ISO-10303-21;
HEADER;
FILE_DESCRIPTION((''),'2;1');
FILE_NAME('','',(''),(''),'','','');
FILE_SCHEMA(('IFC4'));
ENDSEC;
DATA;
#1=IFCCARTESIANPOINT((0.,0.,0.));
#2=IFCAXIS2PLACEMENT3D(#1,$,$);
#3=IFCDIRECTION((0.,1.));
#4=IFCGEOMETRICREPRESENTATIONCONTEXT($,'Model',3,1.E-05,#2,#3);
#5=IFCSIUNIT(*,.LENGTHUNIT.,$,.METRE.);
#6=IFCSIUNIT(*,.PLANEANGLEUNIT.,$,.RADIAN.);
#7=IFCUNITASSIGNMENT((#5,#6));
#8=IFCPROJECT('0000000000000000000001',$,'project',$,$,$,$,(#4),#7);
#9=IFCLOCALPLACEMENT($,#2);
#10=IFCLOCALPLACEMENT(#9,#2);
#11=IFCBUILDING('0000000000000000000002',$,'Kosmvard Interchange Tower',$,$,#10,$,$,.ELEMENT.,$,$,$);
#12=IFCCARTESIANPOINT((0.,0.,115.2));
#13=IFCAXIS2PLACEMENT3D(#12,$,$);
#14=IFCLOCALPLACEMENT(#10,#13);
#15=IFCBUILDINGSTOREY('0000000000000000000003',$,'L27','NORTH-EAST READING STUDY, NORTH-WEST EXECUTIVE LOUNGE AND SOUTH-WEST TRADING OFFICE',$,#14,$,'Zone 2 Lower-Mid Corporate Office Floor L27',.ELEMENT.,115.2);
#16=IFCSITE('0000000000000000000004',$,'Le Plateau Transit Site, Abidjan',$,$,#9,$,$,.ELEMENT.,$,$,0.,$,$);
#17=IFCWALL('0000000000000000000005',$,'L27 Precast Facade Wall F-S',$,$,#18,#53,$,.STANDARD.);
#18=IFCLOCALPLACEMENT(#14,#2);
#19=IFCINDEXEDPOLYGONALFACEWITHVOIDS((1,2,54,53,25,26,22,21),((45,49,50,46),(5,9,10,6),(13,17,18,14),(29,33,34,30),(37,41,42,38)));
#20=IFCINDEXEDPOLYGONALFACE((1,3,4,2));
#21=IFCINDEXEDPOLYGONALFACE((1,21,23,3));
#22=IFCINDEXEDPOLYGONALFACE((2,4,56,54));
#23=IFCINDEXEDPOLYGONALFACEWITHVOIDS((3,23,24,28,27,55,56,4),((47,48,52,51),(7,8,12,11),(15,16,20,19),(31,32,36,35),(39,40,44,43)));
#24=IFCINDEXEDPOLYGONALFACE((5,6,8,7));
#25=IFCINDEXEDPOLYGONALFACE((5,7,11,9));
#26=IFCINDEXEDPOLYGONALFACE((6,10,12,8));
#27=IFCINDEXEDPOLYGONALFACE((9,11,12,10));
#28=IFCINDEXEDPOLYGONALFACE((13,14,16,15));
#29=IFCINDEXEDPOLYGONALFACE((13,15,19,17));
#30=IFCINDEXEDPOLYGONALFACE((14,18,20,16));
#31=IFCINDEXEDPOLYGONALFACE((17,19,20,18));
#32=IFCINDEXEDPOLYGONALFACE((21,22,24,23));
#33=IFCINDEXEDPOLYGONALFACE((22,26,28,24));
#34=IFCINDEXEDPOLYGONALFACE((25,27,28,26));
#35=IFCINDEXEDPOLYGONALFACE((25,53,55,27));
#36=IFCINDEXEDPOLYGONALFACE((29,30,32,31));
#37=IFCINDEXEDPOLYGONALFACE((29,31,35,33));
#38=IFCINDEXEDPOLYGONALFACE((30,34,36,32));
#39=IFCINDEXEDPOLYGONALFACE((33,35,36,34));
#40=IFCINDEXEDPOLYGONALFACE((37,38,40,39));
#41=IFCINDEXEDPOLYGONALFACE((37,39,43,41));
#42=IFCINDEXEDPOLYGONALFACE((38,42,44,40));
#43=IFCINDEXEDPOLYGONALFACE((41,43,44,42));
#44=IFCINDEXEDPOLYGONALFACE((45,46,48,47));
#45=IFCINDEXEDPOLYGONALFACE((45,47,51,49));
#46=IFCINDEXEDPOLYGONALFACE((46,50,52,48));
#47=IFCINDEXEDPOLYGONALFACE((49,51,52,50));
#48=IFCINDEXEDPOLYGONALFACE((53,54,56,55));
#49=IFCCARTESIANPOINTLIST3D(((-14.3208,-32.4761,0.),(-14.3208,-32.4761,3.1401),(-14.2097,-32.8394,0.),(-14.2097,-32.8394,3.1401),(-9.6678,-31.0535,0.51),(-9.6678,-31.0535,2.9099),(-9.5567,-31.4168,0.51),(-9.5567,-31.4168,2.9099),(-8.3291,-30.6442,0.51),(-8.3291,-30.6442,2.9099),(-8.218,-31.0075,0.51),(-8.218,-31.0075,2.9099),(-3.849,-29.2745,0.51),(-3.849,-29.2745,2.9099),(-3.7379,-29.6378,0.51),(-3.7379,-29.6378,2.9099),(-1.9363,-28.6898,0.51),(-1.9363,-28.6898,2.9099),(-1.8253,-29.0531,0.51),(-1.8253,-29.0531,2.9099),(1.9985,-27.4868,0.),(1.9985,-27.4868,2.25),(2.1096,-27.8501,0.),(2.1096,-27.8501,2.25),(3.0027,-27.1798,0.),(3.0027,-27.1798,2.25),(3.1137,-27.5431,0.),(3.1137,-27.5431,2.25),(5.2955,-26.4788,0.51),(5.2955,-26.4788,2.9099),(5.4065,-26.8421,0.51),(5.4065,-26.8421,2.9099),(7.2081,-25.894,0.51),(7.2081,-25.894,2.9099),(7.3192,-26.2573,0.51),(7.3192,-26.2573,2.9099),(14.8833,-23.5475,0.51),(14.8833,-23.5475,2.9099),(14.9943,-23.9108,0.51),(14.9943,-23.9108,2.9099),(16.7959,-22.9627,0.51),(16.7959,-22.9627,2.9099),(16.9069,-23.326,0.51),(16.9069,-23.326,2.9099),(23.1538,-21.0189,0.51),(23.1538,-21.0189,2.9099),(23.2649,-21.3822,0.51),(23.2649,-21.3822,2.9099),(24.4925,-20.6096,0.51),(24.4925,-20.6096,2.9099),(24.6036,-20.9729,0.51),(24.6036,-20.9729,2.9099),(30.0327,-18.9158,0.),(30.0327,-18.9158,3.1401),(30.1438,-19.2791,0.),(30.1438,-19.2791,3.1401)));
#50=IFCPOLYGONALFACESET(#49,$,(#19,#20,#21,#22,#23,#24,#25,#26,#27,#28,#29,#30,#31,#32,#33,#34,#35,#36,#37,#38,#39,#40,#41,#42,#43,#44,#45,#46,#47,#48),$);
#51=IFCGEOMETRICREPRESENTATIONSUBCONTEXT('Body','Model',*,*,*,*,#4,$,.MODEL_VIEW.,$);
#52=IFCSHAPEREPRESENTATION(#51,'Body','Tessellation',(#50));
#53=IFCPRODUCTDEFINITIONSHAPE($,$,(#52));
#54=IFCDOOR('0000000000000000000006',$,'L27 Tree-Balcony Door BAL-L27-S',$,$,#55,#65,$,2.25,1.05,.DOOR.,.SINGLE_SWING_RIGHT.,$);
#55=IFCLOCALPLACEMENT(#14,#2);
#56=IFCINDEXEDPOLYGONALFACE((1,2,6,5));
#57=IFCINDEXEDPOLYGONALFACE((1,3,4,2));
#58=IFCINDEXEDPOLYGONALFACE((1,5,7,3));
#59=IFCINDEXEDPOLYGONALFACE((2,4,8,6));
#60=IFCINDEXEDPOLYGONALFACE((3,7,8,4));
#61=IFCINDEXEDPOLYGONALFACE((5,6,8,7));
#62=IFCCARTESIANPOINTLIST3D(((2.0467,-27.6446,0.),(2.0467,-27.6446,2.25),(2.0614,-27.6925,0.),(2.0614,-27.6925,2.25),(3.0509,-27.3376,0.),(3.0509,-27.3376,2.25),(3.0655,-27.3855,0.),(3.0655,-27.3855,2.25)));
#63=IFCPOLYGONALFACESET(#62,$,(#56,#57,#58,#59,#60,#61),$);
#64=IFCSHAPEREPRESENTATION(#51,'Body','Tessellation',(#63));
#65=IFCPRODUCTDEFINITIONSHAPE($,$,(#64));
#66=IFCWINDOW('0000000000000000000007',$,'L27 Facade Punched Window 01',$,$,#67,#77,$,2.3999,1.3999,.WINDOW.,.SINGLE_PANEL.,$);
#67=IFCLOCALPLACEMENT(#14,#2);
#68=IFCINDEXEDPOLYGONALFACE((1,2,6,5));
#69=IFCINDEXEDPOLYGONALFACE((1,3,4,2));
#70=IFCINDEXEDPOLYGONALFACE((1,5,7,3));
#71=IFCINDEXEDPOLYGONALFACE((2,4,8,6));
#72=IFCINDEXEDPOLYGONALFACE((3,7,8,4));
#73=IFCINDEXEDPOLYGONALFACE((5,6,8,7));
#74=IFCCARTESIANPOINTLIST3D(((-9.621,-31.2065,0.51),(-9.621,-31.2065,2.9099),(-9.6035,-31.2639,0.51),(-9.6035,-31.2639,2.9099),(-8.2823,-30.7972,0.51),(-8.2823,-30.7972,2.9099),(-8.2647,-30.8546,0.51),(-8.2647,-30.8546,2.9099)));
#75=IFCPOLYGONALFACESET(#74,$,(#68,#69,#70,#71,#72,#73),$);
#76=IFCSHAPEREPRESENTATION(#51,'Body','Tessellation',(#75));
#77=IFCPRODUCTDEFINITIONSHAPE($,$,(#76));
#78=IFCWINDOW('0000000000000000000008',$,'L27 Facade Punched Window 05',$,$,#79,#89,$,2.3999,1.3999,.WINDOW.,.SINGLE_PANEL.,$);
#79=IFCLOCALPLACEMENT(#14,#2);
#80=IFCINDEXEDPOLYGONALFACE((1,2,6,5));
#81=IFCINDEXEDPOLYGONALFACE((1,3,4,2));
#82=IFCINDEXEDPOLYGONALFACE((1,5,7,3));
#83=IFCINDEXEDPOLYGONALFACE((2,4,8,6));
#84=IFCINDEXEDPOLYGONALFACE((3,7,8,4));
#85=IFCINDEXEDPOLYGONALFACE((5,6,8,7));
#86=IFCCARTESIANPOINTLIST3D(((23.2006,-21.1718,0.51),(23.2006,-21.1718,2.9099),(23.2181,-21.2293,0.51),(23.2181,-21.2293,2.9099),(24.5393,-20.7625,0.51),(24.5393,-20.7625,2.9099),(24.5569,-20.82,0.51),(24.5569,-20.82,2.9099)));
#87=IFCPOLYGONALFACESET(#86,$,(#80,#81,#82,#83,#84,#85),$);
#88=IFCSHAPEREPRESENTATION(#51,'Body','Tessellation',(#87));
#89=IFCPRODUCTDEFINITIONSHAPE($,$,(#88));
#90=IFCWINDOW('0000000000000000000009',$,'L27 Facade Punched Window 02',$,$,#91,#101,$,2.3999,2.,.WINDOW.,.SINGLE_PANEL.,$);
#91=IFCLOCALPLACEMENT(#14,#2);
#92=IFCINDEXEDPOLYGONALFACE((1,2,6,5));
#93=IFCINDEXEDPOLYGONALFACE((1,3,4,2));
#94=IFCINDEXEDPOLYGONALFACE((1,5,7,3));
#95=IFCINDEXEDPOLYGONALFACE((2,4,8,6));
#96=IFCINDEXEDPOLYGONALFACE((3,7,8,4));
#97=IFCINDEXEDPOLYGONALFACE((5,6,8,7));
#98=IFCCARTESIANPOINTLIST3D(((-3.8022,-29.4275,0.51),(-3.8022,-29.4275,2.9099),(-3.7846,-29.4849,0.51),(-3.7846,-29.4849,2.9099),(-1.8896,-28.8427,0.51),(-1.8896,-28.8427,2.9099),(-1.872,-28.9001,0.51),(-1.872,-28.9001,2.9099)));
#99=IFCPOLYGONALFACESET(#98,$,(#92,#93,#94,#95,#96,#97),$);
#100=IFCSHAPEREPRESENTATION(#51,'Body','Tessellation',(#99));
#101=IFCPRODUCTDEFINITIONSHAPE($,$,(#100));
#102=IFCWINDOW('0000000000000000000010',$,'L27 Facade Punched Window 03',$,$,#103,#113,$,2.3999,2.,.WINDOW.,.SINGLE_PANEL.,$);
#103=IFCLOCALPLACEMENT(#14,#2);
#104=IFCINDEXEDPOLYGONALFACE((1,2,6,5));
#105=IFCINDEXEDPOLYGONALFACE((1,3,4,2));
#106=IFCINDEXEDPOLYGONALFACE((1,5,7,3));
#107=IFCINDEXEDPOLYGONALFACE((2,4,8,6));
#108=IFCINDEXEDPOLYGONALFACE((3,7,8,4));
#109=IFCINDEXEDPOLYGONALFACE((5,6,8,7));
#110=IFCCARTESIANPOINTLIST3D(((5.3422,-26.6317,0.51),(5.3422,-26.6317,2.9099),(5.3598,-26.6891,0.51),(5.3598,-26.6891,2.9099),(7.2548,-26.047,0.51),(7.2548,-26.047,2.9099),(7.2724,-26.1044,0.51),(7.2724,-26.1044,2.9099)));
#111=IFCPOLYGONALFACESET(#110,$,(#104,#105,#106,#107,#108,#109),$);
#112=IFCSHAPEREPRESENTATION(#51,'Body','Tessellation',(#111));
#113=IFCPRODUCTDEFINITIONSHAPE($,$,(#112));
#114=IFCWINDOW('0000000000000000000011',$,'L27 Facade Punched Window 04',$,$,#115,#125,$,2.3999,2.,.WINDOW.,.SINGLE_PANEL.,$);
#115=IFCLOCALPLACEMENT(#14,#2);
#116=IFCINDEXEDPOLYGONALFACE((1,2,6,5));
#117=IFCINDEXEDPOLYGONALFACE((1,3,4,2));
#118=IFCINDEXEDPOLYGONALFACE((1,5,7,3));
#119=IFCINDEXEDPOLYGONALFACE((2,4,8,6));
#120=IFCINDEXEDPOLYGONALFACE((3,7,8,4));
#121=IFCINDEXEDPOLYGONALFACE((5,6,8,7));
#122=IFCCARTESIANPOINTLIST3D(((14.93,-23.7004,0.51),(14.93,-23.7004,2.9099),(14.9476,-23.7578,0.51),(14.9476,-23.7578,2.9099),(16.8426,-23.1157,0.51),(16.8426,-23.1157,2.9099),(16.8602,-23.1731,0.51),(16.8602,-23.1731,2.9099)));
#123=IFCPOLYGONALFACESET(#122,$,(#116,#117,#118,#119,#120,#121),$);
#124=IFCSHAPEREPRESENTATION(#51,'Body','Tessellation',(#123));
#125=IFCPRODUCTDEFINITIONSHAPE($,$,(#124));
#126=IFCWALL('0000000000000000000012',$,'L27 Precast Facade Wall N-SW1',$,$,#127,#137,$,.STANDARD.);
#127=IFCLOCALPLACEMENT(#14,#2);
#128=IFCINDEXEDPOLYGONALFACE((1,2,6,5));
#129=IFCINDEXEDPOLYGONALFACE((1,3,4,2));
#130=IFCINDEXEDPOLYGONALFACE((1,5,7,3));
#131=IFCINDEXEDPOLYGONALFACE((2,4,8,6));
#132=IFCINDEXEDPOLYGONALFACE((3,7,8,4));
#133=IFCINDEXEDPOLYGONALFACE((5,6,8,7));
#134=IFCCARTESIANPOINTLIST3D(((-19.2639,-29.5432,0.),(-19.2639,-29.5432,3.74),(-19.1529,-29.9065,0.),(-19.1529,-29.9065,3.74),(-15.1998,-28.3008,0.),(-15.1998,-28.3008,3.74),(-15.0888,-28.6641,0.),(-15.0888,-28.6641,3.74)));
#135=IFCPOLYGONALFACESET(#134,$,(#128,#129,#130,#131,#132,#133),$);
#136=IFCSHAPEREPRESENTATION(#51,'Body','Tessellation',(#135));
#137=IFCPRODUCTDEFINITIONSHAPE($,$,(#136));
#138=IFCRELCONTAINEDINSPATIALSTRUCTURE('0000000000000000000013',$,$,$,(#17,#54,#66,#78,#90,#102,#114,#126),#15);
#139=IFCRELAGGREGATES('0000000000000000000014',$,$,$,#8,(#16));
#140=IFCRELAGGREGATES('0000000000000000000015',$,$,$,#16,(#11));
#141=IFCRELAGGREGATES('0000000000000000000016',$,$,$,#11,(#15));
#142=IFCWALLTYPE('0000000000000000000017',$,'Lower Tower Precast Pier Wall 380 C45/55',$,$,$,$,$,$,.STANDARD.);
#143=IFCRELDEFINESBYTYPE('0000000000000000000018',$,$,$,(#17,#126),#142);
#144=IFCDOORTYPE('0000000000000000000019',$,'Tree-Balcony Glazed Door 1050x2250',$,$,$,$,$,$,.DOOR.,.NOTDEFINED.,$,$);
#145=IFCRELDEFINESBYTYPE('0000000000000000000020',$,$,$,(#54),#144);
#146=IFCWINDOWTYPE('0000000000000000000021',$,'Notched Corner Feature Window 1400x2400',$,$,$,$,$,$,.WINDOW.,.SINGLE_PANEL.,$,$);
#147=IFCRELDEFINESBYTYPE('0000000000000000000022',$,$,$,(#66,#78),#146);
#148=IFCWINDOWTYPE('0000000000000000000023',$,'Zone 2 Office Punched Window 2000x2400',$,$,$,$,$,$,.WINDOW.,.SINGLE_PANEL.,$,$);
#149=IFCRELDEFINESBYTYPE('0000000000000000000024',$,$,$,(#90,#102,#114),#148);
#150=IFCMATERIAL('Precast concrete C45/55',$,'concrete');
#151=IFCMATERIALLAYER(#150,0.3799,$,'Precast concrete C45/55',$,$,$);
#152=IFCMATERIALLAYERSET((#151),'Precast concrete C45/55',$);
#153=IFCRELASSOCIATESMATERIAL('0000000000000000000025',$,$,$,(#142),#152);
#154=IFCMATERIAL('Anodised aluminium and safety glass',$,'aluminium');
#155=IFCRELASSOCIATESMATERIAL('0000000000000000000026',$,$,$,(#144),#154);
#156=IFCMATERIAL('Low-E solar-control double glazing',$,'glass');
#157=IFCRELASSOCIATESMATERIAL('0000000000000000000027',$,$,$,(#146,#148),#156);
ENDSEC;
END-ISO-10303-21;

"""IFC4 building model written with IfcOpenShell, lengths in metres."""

from ifc_helpers import new_model, si_unit, direction, frame, frame_2d, origin, place, context, subcontext, project, spatial, rectangle, extrude, source, transform, mapped, material, layer, layer_set, type_object, element, fill, save


model = new_model("IFC4")

# Units and contexts
model_context = context("Model", 3, precision=1e-05, world=origin(), true_north=direction((0.0, 1.0)))
body_context = subcontext(model_context, "Body", "Model", "MODEL_VIEW")
ifc_project = project(units=[si_unit("LENGTHUNIT", "METRE"), si_unit("PLANEANGLEUNIT", "RADIAN")], contexts=[model_context])

# Site, building, storey
site_placement = place(None, origin())
site = spatial("IfcSite", under=ifc_project, at=site_placement, Name="Le Plateau Transit Site, Abidjan", CompositionType="ELEMENT", RefElevation=0.0)
building_placement = place(site_placement, origin())
building = spatial("IfcBuilding", under=site, at=building_placement, Name="Kosmvard Interchange Tower", CompositionType="ELEMENT")
storey_placement = place(building_placement, frame((0.0, 0.0, 115.2)))
storey = spatial("IfcBuildingStorey", under=building, at=storey_placement, Name="L27", Description="NORTH-EAST READING STUDY, NORTH-WEST EXECUTIVE LOUNGE AND SOUTH-WEST TRADING OFFICE", LongName="Zone 2 Lower-Mid Corporate Office Floor L27", CompositionType="ELEMENT", Elevation=115.2)

# Shared definitions
ifc_material_1 = material(Name="Precast concrete C45/55", Category="concrete")

# Wall, openings, door, windows
ifc_layer_1 = layer(ifc_material_1, 0.3799, Name="Precast concrete C45/55")
ifc_layer_set_1 = layer_set([ifc_layer_1], Name="Precast concrete C45/55")
wall_type_1 = type_object("IfcWallType", Name="Lower Tower Precast Pier Wall 380 C45/55", PredefinedType="STANDARD", material=ifc_layer_set_1)
wall_1_placement = place(storey_placement, frame((-14.2651, -32.6577, 0.0), z_axis=(0.0, 0.0, 1.0), x_axis=(0.956304, 0.292373, 0.0)))
wall_1 = element("IfcWall", 1, at=wall_1_placement, inside=storey, type_object=wall_type_1, Name="L27 Precast Facade Wall F-S", PredefinedType="STANDARD", context=body_context, shape_type="SweptSolid", body=[
    extrude(rectangle(XDim=46.3801, YDim=0.3799, at=frame_2d((23.1899, 0.0))), origin(), (0.0, 0.0, 1.0), 3.1401),
])
opening_1_placement = place(wall_1_placement, frame((17.0649, 0.0, 0.0)))
opening_1 = element("IfcOpeningElement", 2, at=opening_1_placement, cuts=wall_1, PredefinedType="OPENING", context=body_context, shape_type="SweptSolid", body=[
    extrude(rectangle(XDim=1.05, YDim=2.25, at=frame_2d((0.5249, 1.125))), frame((0.0, 0.2, 0.0), z_axis=(0.0, -1.0, 0.0), x_axis=(1.0, 0.0, 0.0)), (0.0, 0.0, 1.0), 0.3999),
])
opening_2_placement = place(wall_1_placement, frame((4.8655, 0.0, 0.51)))
opening_2 = element("IfcOpeningElement", 3, at=opening_2_placement, cuts=wall_1, PredefinedType="OPENING", context=body_context, shape_type="SweptSolid", body=[
    extrude(rectangle(XDim=1.3999, YDim=2.3999, at=frame_2d((0.7, 1.2))), frame((0.0, 0.2, 0.0), z_axis=(0.0, -1.0, 0.0), x_axis=(1.0, 0.0, 0.0)), (0.0, 0.0, 1.0), 0.3999),
])
opening_3_placement = place(wall_1_placement, frame((10.9502, 0.0, 0.51)))
opening_3 = element("IfcOpeningElement", 4, at=opening_3_placement, cuts=wall_1, PredefinedType="OPENING", context=body_context, shape_type="SweptSolid", body=[
    extrude(rectangle(XDim=2.0, YDim=2.3999, at=frame_2d((1.0, 1.2))), frame((0.0, 0.2, 0.0), z_axis=(0.0, -1.0, 0.0), x_axis=(1.0, 0.0, 0.0)), (0.0, 0.0, 1.0), 0.3999),
])
opening_4_placement = place(wall_1_placement, frame((20.5125, 0.0, 0.51)))
opening_4 = element("IfcOpeningElement", 5, at=opening_4_placement, cuts=wall_1, PredefinedType="OPENING", context=body_context, shape_type="SweptSolid", body=[
    extrude(rectangle(XDim=2.0, YDim=2.3999, at=frame_2d((1.0, 1.2))), frame((0.0, 0.2, 0.0), z_axis=(0.0, -1.0, 0.0), x_axis=(1.0, 0.0, 0.0)), (0.0, 0.0, 1.0), 0.3999),
])
opening_5_placement = place(wall_1_placement, frame((30.5383, 0.0, 0.51)))
opening_5 = element("IfcOpeningElement", 6, at=opening_5_placement, cuts=wall_1, PredefinedType="OPENING", context=body_context, shape_type="SweptSolid", body=[
    extrude(rectangle(XDim=2.0, YDim=2.3999, at=frame_2d((1.0, 1.2))), frame((0.0, 0.2, 0.0), z_axis=(0.0, -1.0, 0.0), x_axis=(1.0, 0.0, 0.0)), (0.0, 0.0, 1.0), 0.3999),
])
opening_6_placement = place(wall_1_placement, frame((39.1868, 0.0, 0.51)))
opening_6 = element("IfcOpeningElement", 7, at=opening_6_placement, cuts=wall_1, PredefinedType="OPENING", context=body_context, shape_type="SweptSolid", body=[
    extrude(rectangle(XDim=1.3999, YDim=2.3999, at=frame_2d((0.7, 1.2))), frame((0.0, 0.2, 0.0), z_axis=(0.0, -1.0, 0.0), x_axis=(1.0, 0.0, 0.0)), (0.0, 0.0, 1.0), 0.3999),
])
ifc_material_2 = material(Name="Anodised aluminium and safety glass", Category="aluminium")
door_type_1 = type_object("IfcDoorType", Name="Tree-Balcony Glazed Door 1050x2250", OperationType="NOTDEFINED", PredefinedType="DOOR", material=ifc_material_2)
shared_shape_1 = source(origin(), body_context, "Body", "SweptSolid", [
    extrude(rectangle(XDim=1.05, YDim=2.25, at=frame_2d((0.5249, 1.125))), frame((0.0, 0.0249, 0.0), z_axis=(0.0, -1.0, 0.0), x_axis=(1.0, 0.0, 0.0)), (0.0, 0.0, 1.0), 0.05),
])
door_1_placement = place(opening_1_placement, origin())
door_1 = element("IfcDoor", 8, at=door_1_placement, inside=storey, type_object=door_type_1, Name="L27 Tree-Balcony Door BAL-L27-S", OperationType="SINGLE_SWING_RIGHT", OverallHeight=2.25, OverallWidth=1.05, PredefinedType="DOOR", context=body_context, shape_type="MappedRepresentation", body=[
    mapped(shared_shape_1, transform((0.0, 0.0, 0.0), scale=1.0)),
])
fill(opening_1, door_1)
ifc_material_3 = material(Name="Low-E solar-control double glazing", Category="glass")
window_type_1 = type_object("IfcWindowType", Name="Notched Corner Feature Window 1400x2400", PartitioningType="SINGLE_PANEL", PredefinedType="WINDOW", material=ifc_material_3)
shared_shape_2 = source(origin(), body_context, "Body", "SweptSolid", [
    extrude(rectangle(XDim=1.3999, YDim=2.3999, at=frame_2d((0.7, 1.2))), frame((0.0, 0.03, 0.0), z_axis=(0.0, -1.0, 0.0), x_axis=(1.0, 0.0, 0.0)), (0.0, 0.0, 1.0), 0.0601),
])
window_1_placement = place(opening_2_placement, origin())
window_1 = element("IfcWindow", 9, at=window_1_placement, inside=storey, type_object=window_type_1, Name="L27 Facade Punched Window 01", OverallHeight=2.3999, OverallWidth=1.3999, PartitioningType="SINGLE_PANEL", PredefinedType="WINDOW", context=body_context, shape_type="MappedRepresentation", body=[
    mapped(shared_shape_2, transform((0.0, 0.0, 0.0), scale=1.0)),
])
fill(opening_2, window_1)
window_2_placement = place(opening_6_placement, origin())
window_2 = element("IfcWindow", 10, at=window_2_placement, inside=storey, type_object=window_type_1, Name="L27 Facade Punched Window 05", OverallHeight=2.3999, OverallWidth=1.3999, PartitioningType="SINGLE_PANEL", PredefinedType="WINDOW", context=body_context, shape_type="MappedRepresentation", body=[
    mapped(shared_shape_2, transform((0.0, 0.0, 0.0), scale=1.0)),
])
fill(opening_6, window_2)
window_type_2 = type_object("IfcWindowType", Name="Zone 2 Office Punched Window 2000x2400", PartitioningType="SINGLE_PANEL", PredefinedType="WINDOW", material=ifc_material_3)
shared_shape_3 = source(origin(), body_context, "Body", "SweptSolid", [
    extrude(rectangle(XDim=2.0, YDim=2.3999, at=frame_2d((1.0, 1.2))), frame((0.0, 0.03, 0.0), z_axis=(0.0, -1.0, 0.0), x_axis=(1.0, 0.0, 0.0)), (0.0, 0.0, 1.0), 0.0601),
])
window_3_placement = place(opening_3_placement, origin())
window_3 = element("IfcWindow", 11, at=window_3_placement, inside=storey, type_object=window_type_2, Name="L27 Facade Punched Window 02", OverallHeight=2.3999, OverallWidth=2.0, PartitioningType="SINGLE_PANEL", PredefinedType="WINDOW", context=body_context, shape_type="MappedRepresentation", body=[
    mapped(shared_shape_3, transform((0.0, 0.0, 0.0), scale=1.0)),
])
fill(opening_3, window_3)
window_4_placement = place(opening_4_placement, origin())
window_4 = element("IfcWindow", 12, at=window_4_placement, inside=storey, type_object=window_type_2, Name="L27 Facade Punched Window 03", OverallHeight=2.3999, OverallWidth=2.0, PartitioningType="SINGLE_PANEL", PredefinedType="WINDOW", context=body_context, shape_type="MappedRepresentation", body=[
    mapped(shared_shape_3, transform((0.0, 0.0, 0.0), scale=1.0)),
])
fill(opening_4, window_4)
window_5_placement = place(opening_5_placement, origin())
window_5 = element("IfcWindow", 13, at=window_5_placement, inside=storey, type_object=window_type_2, Name="L27 Facade Punched Window 04", OverallHeight=2.3999, OverallWidth=2.0, PartitioningType="SINGLE_PANEL", PredefinedType="WINDOW", context=body_context, shape_type="MappedRepresentation", body=[
    mapped(shared_shape_3, transform((0.0, 0.0, 0.0), scale=1.0)),
])
fill(opening_5, window_5)

# Wall
wall_2_placement = place(storey_placement, frame((-19.2085, -29.7249, 0.0), z_axis=(0.0, 0.0, 1.0), x_axis=(0.956313, 0.292346, 0.0)))
element("IfcWall", 14, at=wall_2_placement, inside=storey, type_object=wall_type_1, Name="L27 Precast Facade Wall N-SW1", PredefinedType="STANDARD", context=body_context, shape_type="SweptSolid", body=[
    extrude(rectangle(XDim=4.2498, YDim=0.3799, at=frame_2d((2.125, 0.0))), origin(), (0.0, 0.0, 1.0), 3.74),
])

save(model, "model.ifc")
